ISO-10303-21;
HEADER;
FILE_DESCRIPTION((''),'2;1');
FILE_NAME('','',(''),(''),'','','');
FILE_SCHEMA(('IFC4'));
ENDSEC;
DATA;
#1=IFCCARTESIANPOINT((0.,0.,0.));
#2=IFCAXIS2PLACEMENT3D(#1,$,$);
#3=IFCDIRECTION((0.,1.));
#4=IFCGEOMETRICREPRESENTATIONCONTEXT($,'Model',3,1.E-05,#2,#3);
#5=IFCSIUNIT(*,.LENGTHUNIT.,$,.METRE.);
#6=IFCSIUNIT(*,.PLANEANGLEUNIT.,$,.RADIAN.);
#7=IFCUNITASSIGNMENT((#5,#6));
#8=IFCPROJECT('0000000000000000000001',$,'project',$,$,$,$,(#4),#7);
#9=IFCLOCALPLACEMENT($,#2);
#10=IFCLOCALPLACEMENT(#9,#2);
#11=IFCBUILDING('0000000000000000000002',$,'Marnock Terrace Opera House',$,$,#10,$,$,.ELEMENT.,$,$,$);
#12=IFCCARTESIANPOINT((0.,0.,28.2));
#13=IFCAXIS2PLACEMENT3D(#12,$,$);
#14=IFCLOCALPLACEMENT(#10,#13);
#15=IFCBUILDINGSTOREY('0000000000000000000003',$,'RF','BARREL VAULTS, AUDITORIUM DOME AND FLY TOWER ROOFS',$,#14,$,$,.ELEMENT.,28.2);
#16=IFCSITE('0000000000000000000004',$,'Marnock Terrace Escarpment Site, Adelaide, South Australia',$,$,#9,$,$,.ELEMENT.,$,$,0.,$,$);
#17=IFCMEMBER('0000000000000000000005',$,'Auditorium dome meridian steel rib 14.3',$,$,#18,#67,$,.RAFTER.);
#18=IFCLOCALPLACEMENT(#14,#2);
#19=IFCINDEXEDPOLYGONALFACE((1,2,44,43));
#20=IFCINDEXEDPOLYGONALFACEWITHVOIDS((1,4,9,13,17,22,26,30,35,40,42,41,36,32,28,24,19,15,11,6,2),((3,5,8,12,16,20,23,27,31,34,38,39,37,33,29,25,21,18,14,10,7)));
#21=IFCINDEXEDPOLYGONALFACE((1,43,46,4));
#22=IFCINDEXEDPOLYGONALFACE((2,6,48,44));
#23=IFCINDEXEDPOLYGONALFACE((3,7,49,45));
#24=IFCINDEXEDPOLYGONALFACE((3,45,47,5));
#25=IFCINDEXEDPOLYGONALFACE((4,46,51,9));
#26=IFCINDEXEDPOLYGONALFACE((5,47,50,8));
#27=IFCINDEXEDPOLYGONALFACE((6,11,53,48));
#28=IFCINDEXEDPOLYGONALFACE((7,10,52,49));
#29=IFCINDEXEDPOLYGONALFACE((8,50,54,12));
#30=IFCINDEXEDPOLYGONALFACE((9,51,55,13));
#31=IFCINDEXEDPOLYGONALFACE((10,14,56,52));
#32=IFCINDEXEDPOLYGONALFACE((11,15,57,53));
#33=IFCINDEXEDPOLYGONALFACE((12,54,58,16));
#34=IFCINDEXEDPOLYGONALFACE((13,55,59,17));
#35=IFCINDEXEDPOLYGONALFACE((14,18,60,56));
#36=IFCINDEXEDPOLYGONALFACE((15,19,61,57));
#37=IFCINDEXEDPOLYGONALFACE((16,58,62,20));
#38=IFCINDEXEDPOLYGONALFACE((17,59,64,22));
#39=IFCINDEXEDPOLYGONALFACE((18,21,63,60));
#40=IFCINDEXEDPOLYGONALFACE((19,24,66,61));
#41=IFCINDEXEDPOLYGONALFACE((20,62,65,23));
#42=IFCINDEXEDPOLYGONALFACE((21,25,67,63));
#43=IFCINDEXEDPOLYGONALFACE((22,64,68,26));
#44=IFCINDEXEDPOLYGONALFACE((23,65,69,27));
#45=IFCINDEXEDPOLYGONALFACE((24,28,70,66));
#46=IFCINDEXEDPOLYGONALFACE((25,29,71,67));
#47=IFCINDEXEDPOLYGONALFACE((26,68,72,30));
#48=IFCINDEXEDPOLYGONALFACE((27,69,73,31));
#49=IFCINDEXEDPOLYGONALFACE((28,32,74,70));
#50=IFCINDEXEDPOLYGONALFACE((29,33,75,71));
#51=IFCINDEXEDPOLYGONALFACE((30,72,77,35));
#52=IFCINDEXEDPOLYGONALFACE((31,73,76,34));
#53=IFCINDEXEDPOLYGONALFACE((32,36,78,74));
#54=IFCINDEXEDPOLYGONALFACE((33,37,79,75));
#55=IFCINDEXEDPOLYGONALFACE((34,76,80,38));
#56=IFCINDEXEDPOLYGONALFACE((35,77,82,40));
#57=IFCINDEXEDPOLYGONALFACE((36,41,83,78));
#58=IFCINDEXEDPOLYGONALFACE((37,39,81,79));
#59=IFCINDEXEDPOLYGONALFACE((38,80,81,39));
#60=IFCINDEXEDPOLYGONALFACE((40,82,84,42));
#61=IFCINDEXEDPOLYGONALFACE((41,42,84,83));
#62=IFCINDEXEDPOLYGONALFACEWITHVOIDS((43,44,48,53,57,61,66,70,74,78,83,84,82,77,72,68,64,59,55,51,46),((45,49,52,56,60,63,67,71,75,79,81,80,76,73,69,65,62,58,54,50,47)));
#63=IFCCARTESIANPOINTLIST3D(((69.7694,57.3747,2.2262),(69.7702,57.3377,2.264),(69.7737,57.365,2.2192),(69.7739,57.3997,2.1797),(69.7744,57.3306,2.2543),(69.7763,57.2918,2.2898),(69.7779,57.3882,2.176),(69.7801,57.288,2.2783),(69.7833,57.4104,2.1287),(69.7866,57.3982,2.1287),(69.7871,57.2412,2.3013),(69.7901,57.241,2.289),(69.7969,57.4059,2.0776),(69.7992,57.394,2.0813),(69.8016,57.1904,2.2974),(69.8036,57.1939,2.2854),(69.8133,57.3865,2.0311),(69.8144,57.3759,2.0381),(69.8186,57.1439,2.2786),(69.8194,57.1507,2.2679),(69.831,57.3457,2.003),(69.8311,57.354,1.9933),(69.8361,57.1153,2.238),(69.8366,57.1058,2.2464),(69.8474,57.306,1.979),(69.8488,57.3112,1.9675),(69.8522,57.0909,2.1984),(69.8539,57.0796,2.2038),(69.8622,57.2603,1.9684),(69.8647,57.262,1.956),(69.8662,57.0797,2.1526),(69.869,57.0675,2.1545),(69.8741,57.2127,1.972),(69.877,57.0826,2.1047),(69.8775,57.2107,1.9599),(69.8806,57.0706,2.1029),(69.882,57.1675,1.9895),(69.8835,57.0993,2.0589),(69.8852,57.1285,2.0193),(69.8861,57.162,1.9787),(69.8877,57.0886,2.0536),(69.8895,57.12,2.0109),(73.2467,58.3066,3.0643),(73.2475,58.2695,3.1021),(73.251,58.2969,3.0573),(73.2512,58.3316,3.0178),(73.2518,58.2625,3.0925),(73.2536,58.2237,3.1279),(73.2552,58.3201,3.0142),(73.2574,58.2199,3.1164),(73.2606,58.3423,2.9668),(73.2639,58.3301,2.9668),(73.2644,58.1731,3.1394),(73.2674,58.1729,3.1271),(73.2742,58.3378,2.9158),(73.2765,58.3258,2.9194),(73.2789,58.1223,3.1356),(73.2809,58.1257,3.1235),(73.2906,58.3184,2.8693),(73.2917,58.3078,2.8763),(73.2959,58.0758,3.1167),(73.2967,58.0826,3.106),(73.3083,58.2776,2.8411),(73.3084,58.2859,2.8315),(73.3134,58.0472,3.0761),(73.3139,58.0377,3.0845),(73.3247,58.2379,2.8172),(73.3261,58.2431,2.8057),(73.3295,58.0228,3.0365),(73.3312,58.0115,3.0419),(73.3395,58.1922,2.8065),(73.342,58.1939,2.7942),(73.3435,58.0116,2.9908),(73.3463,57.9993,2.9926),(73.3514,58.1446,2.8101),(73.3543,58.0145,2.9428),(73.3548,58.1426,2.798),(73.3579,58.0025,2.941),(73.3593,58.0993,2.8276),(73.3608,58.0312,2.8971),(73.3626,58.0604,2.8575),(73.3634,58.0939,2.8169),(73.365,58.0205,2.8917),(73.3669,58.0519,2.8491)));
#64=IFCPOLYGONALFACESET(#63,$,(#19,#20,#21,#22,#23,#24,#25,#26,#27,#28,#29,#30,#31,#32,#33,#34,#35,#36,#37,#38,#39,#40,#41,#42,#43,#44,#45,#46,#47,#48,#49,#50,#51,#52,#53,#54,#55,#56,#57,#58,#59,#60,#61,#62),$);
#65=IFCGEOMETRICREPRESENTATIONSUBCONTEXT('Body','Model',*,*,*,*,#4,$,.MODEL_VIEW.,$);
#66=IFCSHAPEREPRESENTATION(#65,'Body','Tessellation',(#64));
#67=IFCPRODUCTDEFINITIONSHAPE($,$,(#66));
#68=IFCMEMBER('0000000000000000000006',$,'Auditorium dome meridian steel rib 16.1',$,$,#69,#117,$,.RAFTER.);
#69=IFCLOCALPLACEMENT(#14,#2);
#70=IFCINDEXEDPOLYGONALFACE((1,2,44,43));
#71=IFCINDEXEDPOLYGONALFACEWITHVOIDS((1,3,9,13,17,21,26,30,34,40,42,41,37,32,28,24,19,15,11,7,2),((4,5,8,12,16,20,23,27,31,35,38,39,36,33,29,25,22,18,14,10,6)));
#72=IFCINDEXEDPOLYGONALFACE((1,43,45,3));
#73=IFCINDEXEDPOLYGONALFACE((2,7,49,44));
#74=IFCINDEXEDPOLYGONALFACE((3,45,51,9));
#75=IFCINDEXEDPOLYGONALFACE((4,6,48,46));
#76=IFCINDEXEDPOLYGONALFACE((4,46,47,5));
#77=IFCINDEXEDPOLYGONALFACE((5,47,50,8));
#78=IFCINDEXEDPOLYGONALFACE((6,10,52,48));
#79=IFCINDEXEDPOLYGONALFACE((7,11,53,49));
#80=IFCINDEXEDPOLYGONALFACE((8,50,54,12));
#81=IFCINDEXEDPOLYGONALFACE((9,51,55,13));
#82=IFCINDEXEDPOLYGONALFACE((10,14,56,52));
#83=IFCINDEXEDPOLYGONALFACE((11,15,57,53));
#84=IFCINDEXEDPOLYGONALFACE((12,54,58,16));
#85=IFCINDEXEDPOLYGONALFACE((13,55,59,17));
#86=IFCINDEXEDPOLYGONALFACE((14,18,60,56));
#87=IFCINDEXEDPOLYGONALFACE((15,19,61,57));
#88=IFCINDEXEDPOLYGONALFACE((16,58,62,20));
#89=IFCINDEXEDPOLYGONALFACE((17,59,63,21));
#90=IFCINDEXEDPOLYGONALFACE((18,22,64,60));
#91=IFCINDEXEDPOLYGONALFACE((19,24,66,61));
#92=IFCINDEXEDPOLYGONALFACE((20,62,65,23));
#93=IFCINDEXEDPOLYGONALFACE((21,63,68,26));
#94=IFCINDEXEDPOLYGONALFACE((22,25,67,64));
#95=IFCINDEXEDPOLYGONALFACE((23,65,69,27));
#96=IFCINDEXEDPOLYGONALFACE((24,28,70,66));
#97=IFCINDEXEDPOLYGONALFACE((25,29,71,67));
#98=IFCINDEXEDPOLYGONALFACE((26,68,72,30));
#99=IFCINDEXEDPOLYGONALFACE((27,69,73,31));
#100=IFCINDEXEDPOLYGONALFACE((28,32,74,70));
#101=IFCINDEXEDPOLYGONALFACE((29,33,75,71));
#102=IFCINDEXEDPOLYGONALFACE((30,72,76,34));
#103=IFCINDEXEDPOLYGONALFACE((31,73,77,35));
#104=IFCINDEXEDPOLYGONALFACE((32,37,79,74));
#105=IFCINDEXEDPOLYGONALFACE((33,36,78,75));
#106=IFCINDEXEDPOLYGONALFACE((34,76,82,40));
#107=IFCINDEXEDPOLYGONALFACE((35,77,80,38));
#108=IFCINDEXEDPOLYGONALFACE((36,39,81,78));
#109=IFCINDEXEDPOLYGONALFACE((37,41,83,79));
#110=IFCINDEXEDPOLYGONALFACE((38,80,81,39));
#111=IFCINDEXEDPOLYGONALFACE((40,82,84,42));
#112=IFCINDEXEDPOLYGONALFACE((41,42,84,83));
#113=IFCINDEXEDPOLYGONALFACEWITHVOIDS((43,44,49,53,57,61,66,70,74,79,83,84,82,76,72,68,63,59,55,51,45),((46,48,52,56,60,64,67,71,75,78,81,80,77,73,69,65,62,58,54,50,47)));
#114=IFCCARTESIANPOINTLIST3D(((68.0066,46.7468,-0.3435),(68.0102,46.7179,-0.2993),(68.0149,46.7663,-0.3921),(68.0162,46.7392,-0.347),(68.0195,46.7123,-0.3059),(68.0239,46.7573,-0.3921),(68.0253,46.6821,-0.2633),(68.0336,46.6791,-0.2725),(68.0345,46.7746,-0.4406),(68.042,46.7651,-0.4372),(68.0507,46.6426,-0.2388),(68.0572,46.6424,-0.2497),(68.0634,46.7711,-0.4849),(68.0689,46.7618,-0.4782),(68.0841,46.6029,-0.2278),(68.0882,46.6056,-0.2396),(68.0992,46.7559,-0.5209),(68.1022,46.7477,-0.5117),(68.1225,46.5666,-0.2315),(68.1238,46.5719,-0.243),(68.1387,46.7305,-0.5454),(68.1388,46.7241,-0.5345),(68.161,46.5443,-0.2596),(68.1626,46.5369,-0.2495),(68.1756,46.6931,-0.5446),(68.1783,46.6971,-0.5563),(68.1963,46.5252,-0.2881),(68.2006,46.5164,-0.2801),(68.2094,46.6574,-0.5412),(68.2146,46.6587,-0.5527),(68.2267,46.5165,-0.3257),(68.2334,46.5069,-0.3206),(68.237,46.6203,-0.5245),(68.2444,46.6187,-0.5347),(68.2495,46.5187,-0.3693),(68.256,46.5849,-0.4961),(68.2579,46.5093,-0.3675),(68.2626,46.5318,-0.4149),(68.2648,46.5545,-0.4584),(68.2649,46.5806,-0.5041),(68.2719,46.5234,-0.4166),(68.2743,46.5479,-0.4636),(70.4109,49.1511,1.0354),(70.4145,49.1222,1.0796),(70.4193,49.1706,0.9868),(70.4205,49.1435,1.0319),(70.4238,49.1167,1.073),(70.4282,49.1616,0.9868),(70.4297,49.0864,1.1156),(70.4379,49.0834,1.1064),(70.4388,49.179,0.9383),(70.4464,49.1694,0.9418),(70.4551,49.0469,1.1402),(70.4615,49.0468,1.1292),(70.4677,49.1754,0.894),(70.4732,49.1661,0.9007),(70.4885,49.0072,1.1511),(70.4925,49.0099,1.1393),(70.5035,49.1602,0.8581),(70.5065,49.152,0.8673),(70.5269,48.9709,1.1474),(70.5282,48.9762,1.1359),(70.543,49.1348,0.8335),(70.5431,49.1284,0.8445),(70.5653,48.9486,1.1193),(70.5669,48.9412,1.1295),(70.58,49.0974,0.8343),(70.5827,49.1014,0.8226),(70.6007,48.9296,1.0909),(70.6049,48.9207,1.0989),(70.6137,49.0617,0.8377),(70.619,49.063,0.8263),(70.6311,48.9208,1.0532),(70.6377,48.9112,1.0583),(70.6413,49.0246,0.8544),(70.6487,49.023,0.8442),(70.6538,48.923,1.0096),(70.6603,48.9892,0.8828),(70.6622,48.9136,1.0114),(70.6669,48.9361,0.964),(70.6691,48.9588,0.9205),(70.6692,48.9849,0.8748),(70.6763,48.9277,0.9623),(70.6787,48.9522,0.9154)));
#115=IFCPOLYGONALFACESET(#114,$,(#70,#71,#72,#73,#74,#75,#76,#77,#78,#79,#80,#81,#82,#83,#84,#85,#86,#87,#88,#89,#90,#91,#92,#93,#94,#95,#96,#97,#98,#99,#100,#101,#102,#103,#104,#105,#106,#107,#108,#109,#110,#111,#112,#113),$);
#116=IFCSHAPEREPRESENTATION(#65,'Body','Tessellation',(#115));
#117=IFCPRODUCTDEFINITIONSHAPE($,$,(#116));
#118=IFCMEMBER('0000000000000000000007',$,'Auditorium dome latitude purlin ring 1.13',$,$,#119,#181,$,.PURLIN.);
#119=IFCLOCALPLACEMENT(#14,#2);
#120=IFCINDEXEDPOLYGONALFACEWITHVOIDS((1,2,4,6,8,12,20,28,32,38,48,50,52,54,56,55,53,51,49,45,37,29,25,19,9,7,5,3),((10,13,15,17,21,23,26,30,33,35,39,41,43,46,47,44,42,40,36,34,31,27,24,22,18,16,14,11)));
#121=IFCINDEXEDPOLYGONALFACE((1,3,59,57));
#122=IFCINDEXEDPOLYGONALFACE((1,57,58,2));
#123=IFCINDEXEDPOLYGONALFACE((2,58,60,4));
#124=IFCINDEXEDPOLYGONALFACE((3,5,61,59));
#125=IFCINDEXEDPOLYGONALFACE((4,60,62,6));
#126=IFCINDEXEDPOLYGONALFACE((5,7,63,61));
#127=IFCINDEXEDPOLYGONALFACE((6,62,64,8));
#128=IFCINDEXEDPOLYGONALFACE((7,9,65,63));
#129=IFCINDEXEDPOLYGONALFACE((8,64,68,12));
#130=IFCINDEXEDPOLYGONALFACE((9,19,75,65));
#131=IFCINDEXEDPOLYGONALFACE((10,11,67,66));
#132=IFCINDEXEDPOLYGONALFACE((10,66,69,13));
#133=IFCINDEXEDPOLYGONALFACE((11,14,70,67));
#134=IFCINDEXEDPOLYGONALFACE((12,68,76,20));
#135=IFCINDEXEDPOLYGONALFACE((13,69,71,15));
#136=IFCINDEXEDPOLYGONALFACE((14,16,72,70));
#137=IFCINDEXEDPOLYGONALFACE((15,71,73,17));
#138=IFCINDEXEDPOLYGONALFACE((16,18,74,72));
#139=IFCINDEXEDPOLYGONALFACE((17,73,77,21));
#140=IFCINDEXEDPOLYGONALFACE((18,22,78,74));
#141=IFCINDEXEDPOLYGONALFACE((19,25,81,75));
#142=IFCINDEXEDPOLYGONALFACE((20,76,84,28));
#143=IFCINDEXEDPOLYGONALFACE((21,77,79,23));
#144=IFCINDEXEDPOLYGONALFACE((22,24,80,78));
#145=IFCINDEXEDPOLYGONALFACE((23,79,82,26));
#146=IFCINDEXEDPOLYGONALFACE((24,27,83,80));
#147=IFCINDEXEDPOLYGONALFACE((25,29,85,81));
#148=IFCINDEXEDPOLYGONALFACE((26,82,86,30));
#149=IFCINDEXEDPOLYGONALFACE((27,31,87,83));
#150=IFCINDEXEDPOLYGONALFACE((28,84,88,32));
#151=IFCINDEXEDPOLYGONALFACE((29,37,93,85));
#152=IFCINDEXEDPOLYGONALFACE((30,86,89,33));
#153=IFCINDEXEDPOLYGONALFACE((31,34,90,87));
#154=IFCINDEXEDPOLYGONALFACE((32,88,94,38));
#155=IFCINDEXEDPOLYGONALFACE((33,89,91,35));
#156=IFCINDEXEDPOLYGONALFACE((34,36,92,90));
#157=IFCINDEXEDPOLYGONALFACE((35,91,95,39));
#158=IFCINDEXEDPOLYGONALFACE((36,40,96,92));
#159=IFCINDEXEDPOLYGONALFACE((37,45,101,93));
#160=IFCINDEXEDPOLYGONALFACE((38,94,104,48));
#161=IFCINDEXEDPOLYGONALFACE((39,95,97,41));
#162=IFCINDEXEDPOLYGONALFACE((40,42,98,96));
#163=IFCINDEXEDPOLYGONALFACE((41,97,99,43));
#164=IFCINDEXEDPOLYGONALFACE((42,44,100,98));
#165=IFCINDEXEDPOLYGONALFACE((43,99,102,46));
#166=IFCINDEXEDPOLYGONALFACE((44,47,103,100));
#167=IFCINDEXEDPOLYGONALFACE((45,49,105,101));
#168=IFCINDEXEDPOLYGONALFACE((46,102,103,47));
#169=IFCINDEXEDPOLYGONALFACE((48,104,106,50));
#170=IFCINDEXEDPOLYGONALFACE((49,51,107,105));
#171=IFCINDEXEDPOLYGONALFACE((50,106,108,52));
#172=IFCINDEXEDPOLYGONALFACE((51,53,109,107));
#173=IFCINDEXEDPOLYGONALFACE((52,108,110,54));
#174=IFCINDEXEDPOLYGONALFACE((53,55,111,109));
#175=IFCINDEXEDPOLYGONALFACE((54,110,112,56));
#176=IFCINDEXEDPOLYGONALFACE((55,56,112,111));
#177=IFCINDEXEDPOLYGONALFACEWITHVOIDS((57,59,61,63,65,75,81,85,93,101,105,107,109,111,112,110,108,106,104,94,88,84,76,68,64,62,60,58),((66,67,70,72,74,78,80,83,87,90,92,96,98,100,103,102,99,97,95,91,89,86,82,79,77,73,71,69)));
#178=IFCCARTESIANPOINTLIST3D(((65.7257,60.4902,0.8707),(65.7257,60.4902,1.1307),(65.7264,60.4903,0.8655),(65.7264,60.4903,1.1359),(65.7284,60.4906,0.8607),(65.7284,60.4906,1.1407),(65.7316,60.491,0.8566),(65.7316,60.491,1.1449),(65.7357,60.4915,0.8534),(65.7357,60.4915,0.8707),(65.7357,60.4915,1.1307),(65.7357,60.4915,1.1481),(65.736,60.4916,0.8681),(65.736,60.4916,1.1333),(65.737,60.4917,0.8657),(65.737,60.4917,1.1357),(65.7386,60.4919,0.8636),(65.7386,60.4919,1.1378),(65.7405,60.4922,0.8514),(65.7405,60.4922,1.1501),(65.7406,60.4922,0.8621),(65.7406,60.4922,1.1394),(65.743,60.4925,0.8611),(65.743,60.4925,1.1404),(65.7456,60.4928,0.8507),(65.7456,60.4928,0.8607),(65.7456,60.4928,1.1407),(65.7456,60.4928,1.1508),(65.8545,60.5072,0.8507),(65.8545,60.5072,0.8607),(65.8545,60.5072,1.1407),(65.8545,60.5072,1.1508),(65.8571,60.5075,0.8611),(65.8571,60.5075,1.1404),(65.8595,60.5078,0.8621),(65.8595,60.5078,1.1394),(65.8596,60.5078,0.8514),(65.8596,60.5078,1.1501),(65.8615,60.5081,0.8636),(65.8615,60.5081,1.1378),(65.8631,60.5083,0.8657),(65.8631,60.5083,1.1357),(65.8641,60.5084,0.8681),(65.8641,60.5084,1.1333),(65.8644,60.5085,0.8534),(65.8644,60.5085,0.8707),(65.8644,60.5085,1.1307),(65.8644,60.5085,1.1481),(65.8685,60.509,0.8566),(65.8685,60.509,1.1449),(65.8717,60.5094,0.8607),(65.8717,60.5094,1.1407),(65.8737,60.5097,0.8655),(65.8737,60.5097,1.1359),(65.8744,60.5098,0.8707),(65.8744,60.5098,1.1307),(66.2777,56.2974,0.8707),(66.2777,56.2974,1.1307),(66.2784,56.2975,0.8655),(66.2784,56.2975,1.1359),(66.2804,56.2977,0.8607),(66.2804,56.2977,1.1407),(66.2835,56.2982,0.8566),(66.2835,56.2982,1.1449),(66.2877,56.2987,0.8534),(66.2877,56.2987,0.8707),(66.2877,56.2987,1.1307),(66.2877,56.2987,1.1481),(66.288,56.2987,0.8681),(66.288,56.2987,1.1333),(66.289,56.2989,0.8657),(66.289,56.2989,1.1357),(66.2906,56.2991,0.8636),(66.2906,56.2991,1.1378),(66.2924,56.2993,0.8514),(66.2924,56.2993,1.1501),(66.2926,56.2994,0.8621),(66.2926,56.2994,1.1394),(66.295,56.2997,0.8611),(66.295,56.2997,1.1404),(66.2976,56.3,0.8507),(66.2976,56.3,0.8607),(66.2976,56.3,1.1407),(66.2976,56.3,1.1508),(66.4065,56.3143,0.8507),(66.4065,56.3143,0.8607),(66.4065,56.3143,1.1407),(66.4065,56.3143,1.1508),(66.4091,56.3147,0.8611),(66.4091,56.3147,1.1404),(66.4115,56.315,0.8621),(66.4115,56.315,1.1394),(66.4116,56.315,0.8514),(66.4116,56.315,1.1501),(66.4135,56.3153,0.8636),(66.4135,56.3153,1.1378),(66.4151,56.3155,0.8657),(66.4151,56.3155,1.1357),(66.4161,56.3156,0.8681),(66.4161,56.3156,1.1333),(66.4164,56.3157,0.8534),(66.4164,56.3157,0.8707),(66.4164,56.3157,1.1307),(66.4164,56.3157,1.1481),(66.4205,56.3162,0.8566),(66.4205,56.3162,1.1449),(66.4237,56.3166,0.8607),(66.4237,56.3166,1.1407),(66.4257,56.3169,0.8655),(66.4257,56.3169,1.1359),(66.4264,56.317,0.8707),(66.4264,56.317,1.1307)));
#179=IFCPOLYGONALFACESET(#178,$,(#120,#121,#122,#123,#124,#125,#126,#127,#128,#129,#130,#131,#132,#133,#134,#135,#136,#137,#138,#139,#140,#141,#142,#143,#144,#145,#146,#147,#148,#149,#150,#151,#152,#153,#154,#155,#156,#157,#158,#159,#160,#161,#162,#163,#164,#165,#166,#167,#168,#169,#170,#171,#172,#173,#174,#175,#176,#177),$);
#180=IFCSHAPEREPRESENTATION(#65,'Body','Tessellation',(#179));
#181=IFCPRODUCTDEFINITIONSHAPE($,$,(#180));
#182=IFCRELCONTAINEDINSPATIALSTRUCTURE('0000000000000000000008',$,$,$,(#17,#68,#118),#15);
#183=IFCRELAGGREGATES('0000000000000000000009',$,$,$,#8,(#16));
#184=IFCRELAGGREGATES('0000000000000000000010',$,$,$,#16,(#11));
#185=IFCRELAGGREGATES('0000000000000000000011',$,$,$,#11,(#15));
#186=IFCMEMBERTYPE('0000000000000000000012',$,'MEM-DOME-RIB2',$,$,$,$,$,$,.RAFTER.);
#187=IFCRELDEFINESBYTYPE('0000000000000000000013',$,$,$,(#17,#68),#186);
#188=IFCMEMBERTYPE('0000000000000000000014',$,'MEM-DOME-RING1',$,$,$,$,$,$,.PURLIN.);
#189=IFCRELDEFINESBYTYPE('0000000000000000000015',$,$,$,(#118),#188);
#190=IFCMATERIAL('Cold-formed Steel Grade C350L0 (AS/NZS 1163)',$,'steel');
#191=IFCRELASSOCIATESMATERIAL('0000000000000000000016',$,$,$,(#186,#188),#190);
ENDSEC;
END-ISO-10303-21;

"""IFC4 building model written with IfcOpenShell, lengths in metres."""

from ifc_helpers import new_model, si_unit, direction, frame, origin, origin_2d, place, context, subcontext, project, spatial, hollow_rectangle, hollow_circle, extrude, material, material_profile, profile_set, type_object, element, save


model = new_model("IFC4")

# Units and contexts
model_context = context("Model", 3, precision=1e-05, world=origin(), true_north=direction((0.0, 1.0)))
body_context = subcontext(model_context, "Body", "Model", "MODEL_VIEW")
ifc_project = project(units=[si_unit("LENGTHUNIT", "METRE"), si_unit("PLANEANGLEUNIT", "RADIAN")], contexts=[model_context])

# Site, building, storey
site_placement = place(None, origin())
site = spatial("IfcSite", under=ifc_project, at=site_placement, Name="Marnock Terrace Escarpment Site, Adelaide, South Australia", CompositionType="ELEMENT", RefElevation=0.0)
building_placement = place(site_placement, origin())
building = spatial("IfcBuilding", under=site, at=building_placement, Name="Marnock Terrace Opera House", CompositionType="ELEMENT")
storey_placement = place(building_placement, frame((0.0, 0.0, 28.2)))
storey = spatial("IfcBuildingStorey", under=building, at=storey_placement, Name="RF", Description="BARREL VAULTS, AUDITORIUM DOME AND FLY TOWER ROOFS", CompositionType="ELEMENT", Elevation=28.2)

# Members
ifc_material_1 = material(Name="Cold-formed Steel Grade C350L0 (AS/NZS 1163)", Category="steel")
ifc_material_profile_1 = material_profile(ifc_material_1, hollow_circle(Radius=0.1777, WallThickness=0.0127, at=origin_2d()))
ifc_profile_set_1 = profile_set([ifc_material_profile_1], Name="Cold-formed Steel Grade C350L0 (AS/NZS 1163)")
member_type_1 = type_object("IfcMemberType", Name="MEM-DOME-RIB2", PredefinedType="RAFTER", material=ifc_profile_set_1)
member_1_placement = place(storey_placement, frame((69.8293, 57.2388, 2.1287), z_axis=(0.940756, 0.252114, 0.226751), x_axis=(-0.258857, 0.965916, 0.0)))
element("IfcMember", 1, at=member_1_placement, inside=storey, type_object=member_type_1, Name="Auditorium dome meridian steel rib 14.3", PredefinedType="RAFTER", context=body_context, shape_type="SweptSolid", body=[
    extrude(hollow_circle(Radius=0.1777, WallThickness=0.0127, at=origin_2d()), origin(), (0.0, 0.0, 1.0), 3.6963),
])
member_2_placement = place(storey_placement, frame((68.1406, 46.6406, -0.3921), z_axis=(0.655273, 0.655273, 0.375811), x_axis=(-0.707107, 0.707107, 0.0)))
element("IfcMember", 2, at=member_2_placement, inside=storey, type_object=member_type_1, Name="Auditorium dome meridian steel rib 16.1", PredefinedType="RAFTER", context=body_context, shape_type="SweptSolid", body=[
    extrude(hollow_circle(Radius=0.1777, WallThickness=0.0127, at=origin_2d()), origin(), (0.0, 0.0, 1.0), 3.6692),
])
ifc_material_profile_2 = material_profile(ifc_material_1, hollow_rectangle(XDim=0.1499, YDim=0.3, WallThickness=0.01, InnerFilletRadius=0.01, OuterFilletRadius=0.02, at=origin_2d()))
ifc_profile_set_2 = profile_set([ifc_material_profile_2], Name="Cold-formed Steel Grade C350L0 (AS/NZS 1163)")
member_type_2 = type_object("IfcMemberType", Name="MEM-DOME-RING1", PredefinedType="PURLIN", material=ifc_profile_set_2)
member_3_placement = place(storey_placement, frame((65.8, 60.5, 1.0007), z_axis=(0.130526, -0.991445, 0.0), x_axis=(0.991445, 0.130526, 0.0)))
element("IfcMember", 3, at=member_3_placement, inside=storey, type_object=member_type_2, Name="Auditorium dome latitude purlin ring 1.13", PredefinedType="PURLIN", context=body_context, shape_type="SweptSolid", body=[
    extrude(hollow_rectangle(XDim=0.1499, YDim=0.3, WallThickness=0.01, InnerFilletRadius=0.01, OuterFilletRadius=0.02, at=origin_2d()), origin(), (0.0, 0.0, 1.0), 4.229),
])

save(model, "model.ifc")
